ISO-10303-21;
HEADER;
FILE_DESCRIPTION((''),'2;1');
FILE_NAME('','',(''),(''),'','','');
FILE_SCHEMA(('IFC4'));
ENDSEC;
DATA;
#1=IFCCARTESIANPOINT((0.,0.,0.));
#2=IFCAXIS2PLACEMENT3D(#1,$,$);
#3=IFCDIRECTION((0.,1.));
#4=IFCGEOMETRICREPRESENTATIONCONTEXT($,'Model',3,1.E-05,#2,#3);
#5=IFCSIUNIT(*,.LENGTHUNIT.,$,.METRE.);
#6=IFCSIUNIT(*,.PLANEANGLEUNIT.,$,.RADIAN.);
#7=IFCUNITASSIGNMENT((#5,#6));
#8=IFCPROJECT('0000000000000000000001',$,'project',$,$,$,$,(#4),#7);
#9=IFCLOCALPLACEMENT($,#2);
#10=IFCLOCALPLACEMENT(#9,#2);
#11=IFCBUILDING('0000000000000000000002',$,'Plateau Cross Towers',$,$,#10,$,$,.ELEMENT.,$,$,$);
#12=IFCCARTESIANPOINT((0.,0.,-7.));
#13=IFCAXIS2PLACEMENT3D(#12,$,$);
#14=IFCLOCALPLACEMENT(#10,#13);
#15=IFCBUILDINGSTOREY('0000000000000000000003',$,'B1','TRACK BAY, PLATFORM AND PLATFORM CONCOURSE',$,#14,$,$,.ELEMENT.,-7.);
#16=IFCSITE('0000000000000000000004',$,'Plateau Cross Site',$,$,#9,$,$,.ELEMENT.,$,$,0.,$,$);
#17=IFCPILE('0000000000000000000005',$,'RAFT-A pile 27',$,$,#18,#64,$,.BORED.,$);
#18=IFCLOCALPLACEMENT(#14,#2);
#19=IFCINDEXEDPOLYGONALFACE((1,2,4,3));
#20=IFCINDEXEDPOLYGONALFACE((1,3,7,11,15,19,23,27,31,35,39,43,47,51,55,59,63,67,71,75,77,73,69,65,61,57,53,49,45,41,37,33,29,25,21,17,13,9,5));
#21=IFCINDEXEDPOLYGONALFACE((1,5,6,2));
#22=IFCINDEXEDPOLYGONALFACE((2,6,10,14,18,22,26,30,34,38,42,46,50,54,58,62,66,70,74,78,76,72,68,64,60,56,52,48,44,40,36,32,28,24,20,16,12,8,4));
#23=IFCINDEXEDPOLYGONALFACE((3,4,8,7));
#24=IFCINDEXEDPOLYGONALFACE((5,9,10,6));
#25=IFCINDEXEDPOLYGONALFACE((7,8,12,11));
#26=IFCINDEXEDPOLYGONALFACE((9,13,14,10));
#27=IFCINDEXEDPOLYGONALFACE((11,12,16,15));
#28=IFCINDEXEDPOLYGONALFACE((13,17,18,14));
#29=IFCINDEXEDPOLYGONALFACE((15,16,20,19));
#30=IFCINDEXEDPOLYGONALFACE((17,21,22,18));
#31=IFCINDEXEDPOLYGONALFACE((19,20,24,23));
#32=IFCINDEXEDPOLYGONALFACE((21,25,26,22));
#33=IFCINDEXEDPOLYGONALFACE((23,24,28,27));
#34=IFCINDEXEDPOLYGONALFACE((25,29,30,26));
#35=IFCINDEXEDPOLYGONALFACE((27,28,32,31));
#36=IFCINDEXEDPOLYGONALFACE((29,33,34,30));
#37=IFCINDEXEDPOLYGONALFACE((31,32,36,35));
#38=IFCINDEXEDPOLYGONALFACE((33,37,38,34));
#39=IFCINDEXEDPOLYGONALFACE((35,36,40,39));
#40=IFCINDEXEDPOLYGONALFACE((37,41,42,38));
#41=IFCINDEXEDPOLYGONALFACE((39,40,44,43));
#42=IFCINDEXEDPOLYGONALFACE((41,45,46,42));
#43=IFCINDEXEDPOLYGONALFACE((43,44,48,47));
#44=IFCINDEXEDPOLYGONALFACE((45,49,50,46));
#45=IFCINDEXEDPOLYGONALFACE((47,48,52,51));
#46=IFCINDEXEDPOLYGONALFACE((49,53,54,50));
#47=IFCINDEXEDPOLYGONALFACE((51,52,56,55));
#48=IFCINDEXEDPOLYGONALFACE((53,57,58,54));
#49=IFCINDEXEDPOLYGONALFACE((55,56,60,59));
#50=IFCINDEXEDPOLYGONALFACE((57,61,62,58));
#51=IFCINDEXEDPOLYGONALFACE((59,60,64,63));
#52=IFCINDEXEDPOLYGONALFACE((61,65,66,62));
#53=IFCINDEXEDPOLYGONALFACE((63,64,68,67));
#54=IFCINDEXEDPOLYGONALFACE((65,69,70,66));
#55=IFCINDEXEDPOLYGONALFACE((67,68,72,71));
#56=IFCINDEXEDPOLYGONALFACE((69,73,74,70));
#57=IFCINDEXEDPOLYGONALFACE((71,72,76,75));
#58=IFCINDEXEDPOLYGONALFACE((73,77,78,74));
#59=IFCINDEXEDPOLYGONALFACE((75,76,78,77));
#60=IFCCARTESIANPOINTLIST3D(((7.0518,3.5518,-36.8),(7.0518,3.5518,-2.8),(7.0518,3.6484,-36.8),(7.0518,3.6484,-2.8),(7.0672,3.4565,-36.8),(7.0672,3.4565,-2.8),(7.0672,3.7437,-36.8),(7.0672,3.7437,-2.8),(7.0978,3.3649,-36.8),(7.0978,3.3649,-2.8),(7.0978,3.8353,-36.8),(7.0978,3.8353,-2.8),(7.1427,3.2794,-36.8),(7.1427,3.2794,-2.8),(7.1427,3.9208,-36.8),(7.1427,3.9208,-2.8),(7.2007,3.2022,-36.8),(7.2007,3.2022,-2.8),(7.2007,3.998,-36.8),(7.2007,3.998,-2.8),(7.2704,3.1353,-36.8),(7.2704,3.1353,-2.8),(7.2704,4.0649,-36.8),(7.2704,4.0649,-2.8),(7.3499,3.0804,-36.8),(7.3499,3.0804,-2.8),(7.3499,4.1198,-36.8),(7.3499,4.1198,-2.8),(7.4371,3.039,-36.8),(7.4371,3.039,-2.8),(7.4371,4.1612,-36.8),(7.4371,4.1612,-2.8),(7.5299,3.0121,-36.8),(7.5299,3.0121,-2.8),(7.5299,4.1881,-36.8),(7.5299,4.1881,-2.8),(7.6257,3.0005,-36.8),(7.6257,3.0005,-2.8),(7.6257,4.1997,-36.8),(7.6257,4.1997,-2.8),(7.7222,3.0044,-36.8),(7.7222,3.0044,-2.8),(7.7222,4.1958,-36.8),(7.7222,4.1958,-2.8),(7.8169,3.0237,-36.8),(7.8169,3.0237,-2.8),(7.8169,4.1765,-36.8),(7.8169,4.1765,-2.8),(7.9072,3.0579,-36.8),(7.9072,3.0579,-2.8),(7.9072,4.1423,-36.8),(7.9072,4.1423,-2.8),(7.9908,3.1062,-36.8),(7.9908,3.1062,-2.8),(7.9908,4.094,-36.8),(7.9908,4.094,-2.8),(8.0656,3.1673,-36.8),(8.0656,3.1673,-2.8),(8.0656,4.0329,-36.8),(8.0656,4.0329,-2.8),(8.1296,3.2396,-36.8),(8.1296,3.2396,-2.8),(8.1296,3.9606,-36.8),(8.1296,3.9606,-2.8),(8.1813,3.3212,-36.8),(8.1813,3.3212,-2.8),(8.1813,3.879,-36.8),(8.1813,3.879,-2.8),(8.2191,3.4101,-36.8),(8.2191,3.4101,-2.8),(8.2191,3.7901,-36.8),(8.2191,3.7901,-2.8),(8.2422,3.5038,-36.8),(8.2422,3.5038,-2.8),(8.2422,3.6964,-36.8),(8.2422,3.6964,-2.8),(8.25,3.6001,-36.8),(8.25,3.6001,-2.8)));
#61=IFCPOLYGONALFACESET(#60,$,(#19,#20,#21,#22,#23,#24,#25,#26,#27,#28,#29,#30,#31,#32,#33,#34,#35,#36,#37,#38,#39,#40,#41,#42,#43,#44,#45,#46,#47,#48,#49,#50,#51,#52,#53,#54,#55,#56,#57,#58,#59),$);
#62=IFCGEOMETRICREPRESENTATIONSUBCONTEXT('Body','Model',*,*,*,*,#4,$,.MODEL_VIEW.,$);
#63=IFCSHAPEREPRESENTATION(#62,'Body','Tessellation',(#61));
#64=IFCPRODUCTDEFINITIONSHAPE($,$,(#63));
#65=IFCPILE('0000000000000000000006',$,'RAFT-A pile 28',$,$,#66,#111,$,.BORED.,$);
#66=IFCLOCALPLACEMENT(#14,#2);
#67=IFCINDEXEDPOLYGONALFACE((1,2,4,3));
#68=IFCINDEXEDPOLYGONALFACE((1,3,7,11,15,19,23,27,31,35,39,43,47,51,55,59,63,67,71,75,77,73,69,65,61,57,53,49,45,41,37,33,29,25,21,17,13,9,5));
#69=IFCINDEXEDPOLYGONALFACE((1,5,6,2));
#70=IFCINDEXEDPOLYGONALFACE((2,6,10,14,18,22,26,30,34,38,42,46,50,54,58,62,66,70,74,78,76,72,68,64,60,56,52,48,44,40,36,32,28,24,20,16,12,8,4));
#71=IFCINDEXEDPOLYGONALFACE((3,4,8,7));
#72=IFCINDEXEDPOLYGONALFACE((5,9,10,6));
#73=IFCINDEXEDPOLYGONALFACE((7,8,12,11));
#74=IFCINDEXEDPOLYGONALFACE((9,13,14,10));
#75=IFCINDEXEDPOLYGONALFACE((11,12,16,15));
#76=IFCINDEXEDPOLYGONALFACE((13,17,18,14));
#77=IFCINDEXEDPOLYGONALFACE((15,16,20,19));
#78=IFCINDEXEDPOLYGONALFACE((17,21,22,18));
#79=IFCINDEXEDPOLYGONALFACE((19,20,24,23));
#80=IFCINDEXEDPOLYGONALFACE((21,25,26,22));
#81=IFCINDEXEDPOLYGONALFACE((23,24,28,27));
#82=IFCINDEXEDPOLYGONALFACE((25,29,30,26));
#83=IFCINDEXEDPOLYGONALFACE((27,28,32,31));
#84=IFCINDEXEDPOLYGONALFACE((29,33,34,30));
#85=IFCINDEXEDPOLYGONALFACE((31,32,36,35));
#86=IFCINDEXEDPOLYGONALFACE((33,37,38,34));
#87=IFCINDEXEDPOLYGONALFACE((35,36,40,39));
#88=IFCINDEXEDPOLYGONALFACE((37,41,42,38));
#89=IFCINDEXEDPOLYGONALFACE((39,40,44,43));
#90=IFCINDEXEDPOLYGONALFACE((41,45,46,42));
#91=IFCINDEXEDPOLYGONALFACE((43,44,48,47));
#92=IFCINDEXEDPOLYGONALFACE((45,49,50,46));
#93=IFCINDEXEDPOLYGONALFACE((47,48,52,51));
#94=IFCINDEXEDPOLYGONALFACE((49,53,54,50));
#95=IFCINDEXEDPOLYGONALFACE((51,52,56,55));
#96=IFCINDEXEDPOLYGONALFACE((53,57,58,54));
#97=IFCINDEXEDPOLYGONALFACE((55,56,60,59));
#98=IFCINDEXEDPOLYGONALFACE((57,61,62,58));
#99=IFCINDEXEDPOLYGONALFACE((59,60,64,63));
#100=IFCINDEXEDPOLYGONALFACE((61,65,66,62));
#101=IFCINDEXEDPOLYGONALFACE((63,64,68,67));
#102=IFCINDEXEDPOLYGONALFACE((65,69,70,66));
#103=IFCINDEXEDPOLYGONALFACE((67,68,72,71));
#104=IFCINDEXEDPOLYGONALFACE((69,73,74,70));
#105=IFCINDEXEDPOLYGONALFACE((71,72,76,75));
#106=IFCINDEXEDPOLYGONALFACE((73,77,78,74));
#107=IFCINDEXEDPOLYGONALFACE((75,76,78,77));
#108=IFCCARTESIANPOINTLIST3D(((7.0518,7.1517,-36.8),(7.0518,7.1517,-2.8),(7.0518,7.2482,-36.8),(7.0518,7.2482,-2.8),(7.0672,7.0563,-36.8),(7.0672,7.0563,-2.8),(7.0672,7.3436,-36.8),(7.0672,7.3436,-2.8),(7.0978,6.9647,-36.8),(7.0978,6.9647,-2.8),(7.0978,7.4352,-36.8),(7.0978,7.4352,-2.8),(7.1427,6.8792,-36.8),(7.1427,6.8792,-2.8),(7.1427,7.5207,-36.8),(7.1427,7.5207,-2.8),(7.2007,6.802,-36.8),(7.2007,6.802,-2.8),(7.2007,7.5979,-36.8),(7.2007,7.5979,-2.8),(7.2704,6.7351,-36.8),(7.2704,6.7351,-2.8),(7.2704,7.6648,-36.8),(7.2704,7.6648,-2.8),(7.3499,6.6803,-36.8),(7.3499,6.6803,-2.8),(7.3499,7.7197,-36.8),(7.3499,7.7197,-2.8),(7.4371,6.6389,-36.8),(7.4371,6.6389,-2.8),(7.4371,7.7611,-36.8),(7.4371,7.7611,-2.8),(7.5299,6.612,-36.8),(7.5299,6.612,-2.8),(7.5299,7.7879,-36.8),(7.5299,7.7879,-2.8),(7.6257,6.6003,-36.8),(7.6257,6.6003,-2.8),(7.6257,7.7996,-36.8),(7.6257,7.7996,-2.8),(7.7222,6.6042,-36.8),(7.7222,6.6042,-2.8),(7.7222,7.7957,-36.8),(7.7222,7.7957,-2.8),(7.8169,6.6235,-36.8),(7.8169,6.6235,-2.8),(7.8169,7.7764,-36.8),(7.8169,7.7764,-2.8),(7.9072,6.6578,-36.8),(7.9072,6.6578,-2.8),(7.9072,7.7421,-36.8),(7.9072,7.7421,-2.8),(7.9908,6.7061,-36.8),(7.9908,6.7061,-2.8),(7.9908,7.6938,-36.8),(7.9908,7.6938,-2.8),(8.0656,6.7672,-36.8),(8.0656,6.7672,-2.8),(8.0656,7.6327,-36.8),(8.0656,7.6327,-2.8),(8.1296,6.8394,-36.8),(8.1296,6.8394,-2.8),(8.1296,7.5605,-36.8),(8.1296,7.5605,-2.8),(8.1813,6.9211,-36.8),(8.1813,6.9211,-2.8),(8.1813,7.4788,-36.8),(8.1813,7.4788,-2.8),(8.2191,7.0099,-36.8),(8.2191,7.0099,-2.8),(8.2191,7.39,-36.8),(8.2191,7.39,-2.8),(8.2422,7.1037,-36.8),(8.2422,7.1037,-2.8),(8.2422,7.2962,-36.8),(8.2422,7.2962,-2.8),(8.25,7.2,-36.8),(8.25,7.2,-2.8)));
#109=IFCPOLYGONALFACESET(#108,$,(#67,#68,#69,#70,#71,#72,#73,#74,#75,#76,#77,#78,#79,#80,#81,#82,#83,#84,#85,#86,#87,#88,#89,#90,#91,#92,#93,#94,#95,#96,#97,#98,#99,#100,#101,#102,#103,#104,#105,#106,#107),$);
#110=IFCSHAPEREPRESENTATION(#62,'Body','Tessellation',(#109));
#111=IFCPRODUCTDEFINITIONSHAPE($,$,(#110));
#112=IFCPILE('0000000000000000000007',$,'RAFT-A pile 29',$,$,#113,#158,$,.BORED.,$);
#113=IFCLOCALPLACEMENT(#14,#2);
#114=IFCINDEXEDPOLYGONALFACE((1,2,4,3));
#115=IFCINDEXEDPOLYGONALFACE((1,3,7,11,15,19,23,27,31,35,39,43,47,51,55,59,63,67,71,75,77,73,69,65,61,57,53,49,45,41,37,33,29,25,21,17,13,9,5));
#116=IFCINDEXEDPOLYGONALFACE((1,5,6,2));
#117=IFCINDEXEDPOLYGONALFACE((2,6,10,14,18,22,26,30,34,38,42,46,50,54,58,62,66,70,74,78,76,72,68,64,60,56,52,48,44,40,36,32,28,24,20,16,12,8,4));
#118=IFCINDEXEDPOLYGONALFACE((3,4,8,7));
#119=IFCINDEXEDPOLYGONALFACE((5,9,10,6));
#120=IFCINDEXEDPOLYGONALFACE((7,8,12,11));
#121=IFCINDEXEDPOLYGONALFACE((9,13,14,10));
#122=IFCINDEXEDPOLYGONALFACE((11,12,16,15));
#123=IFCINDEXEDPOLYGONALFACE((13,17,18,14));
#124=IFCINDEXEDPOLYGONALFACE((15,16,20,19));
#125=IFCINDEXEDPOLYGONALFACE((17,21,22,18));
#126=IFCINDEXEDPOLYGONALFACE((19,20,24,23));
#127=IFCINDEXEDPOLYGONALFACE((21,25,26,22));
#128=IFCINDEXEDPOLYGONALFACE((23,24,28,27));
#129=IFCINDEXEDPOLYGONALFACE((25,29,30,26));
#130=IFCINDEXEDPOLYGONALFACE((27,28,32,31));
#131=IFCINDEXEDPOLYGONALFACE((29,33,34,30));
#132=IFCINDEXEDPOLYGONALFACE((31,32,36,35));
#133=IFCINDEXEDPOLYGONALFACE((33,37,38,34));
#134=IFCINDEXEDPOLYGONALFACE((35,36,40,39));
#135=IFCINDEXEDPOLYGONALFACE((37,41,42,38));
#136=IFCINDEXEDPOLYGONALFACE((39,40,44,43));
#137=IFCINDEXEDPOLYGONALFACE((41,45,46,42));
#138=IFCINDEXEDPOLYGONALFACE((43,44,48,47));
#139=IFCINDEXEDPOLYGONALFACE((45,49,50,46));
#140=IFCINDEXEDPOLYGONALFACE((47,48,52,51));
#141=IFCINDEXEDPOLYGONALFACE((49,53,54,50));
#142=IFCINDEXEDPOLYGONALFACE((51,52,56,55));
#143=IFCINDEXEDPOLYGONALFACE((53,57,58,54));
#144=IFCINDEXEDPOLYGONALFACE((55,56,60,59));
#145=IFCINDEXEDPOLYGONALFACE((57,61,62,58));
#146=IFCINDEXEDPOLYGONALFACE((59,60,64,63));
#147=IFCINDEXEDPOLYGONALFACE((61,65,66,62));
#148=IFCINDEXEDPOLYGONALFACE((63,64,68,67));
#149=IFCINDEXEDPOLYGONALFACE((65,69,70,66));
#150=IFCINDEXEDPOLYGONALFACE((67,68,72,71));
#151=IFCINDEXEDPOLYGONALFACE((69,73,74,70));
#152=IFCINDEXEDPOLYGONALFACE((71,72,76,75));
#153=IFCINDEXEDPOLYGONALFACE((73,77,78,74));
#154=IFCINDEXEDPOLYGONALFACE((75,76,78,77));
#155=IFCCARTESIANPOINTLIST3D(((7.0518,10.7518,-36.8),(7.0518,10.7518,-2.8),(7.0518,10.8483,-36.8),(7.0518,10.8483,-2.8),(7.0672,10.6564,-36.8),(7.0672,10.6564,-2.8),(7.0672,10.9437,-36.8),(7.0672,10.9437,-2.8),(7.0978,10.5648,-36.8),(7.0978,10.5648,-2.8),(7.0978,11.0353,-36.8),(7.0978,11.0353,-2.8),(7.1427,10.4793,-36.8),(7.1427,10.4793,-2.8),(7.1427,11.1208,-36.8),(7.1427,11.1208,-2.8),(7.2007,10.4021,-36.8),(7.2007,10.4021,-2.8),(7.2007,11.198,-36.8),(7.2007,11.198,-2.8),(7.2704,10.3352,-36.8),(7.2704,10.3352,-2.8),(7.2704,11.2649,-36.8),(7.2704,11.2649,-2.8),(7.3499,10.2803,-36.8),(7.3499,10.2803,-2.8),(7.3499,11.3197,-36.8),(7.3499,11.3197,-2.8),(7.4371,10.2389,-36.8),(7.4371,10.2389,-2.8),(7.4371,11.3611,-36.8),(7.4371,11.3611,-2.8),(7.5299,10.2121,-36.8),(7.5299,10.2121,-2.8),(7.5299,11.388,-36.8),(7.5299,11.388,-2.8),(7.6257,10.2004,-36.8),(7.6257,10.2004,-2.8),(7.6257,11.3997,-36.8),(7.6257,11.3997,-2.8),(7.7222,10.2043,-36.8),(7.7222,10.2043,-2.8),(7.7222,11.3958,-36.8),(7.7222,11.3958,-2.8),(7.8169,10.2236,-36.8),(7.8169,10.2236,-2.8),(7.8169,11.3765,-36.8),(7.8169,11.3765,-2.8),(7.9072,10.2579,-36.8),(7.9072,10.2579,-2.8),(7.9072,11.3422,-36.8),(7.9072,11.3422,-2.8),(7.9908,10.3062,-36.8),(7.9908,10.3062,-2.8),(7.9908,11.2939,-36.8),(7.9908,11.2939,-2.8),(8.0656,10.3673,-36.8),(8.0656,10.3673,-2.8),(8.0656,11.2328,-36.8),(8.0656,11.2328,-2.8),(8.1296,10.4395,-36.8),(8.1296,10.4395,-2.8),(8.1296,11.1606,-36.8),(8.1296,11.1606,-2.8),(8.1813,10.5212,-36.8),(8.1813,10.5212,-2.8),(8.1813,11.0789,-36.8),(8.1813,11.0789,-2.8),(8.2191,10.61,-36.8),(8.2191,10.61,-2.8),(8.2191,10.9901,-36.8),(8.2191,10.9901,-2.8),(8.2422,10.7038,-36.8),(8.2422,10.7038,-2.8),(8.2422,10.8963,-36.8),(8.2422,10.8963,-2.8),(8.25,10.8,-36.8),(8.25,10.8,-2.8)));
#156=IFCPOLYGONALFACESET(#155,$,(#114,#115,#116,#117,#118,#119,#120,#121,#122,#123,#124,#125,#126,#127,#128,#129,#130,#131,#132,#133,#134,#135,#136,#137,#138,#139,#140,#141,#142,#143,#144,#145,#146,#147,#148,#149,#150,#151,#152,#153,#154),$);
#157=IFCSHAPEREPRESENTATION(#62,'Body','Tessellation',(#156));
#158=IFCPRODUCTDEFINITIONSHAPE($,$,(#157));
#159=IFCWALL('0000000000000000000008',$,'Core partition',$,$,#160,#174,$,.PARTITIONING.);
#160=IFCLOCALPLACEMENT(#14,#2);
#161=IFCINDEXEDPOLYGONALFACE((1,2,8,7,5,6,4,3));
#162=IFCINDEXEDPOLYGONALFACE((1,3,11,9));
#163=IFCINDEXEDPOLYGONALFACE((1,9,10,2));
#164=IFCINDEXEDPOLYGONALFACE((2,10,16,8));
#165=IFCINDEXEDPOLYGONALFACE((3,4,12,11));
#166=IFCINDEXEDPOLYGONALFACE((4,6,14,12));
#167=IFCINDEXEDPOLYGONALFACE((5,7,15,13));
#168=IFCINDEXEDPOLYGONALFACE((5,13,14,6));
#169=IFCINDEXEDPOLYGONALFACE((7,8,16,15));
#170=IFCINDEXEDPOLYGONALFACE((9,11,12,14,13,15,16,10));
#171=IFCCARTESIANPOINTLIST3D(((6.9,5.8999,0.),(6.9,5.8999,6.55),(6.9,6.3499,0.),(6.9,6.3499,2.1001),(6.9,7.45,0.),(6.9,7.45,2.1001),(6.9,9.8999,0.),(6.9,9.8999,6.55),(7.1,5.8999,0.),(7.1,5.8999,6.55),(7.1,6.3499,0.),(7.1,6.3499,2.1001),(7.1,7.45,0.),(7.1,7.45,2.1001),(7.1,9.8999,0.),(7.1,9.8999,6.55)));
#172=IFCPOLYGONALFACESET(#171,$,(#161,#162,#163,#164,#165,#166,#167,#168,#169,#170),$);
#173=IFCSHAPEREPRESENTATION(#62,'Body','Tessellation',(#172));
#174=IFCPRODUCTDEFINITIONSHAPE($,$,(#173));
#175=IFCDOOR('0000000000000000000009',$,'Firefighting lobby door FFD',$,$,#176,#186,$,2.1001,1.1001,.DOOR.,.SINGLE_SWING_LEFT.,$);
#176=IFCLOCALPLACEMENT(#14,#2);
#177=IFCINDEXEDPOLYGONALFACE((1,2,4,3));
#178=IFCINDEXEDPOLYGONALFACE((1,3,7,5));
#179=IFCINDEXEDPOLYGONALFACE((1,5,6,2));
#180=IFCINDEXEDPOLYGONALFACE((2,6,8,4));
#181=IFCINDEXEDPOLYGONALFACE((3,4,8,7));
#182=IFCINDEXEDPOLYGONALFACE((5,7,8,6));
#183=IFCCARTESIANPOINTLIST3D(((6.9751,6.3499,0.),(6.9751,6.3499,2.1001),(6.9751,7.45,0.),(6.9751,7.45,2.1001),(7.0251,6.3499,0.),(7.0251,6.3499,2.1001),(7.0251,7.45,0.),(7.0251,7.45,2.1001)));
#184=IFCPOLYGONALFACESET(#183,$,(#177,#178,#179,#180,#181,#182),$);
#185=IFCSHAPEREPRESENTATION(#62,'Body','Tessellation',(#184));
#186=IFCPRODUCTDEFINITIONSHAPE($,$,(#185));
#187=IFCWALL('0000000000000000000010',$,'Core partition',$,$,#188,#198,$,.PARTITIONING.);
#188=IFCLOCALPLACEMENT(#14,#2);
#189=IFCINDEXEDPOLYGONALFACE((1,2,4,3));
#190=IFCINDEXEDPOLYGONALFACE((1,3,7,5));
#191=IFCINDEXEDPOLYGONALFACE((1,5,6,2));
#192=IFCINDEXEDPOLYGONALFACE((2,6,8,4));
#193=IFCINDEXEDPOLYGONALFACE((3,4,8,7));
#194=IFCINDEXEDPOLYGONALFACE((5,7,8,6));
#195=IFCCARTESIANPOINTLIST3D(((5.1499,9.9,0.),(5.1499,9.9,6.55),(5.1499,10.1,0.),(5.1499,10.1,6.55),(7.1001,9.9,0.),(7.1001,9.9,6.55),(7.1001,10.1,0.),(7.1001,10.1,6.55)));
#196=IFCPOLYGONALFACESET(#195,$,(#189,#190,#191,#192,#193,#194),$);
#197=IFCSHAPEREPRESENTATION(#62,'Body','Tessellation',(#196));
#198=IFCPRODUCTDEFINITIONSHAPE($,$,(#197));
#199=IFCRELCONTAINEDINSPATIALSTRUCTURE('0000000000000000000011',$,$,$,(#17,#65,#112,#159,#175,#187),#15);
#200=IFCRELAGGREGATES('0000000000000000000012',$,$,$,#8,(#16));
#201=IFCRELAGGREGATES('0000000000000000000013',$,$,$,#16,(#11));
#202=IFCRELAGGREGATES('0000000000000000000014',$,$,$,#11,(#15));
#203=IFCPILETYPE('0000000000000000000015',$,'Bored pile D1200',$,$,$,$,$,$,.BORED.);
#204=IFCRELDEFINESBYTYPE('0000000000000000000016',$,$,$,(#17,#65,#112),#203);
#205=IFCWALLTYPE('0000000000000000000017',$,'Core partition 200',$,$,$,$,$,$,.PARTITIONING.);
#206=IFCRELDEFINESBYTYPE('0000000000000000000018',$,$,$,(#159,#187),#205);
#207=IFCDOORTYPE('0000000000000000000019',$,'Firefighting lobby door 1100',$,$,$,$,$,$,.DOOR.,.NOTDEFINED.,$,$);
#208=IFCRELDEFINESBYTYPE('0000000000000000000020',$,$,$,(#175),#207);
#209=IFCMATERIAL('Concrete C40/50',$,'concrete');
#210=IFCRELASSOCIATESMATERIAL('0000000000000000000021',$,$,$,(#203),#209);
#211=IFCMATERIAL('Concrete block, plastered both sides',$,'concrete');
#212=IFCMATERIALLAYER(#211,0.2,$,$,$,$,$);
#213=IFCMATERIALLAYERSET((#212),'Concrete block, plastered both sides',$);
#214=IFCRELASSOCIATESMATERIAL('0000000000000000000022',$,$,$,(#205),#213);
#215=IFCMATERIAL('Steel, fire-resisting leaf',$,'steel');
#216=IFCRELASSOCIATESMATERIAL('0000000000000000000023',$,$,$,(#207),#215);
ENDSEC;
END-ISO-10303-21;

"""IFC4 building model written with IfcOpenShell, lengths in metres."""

from ifc_helpers import new_model, si_unit, direction, frame, frame_2d, origin, origin_2d, place, context, subcontext, project, spatial, rectangle, circle, extrude, material, layer, layer_set, material_profile, profile_set, type_object, element, fill, save


model = new_model("IFC4")

# Units and contexts
model_context = context("Model", 3, precision=1e-05, world=origin(), true_north=direction((0.0, 1.0)))
body_context = subcontext(model_context, "Body", "Model", "MODEL_VIEW")
ifc_project = project(units=[si_unit("LENGTHUNIT", "METRE"), si_unit("PLANEANGLEUNIT", "RADIAN")], contexts=[model_context])

# Site, building, storey
site_placement = place(None, origin())
site = spatial("IfcSite", under=ifc_project, at=site_placement, Name="Plateau Cross Site", CompositionType="ELEMENT", RefElevation=0.0)
building_placement = place(site_placement, origin())
building = spatial("IfcBuilding", under=site, at=building_placement, Name="Plateau Cross Towers", CompositionType="ELEMENT")
storey_placement = place(building_placement, frame((0.0, 0.0, -7.0)))
storey = spatial("IfcBuildingStorey", under=building, at=storey_placement, Name="B1", Description="TRACK BAY, PLATFORM AND PLATFORM CONCOURSE", CompositionType="ELEMENT", Elevation=-7.0)

# Piles
ifc_material_1 = material(Name="Concrete C40/50", Category="concrete")
ifc_material_profile = material_profile(ifc_material_1, circle(Radius=0.6001, at=origin_2d()), Name="Bored pile D1200")
ifc_profile_set = profile_set([ifc_material_profile], Name="Concrete C40/50")
pile_type = type_object("IfcPileType", Name="Bored pile D1200", PredefinedType="BORED", material=ifc_profile_set)
for number, where, z_axis, x_axis, name in (
    (1, (7.6499, 3.6001, -2.8), (0.0, 0.0, -1.0), (1.0, 0.0, 0.0), "RAFT-A pile 27"),
    (2, (7.6499, 7.2, -2.8), (0.0, 0.0, -1.0), (1.0, 0.0, 0.0), "RAFT-A pile 28"),
    (3, (7.6499, 10.8, -2.8), (0.0, 0.0, -1.0), (1.0, 0.0, 0.0), "RAFT-A pile 29"),
):
    element("IfcPile", number, at=place(storey_placement, frame(where, z_axis=z_axis, x_axis=x_axis)), inside=storey, type_object=pile_type, Name=name, PredefinedType="BORED", context=body_context, shape_type="SweptSolid", body=[
        extrude(circle(Radius=0.6001, at=origin_2d()), origin(), (0.0, 0.0, 1.0), 34.0),
    ])

# Wall, opening, door
ifc_material_2 = material(Name="Concrete block, plastered both sides", Category="concrete")
ifc_layer_1 = layer(ifc_material_2, 0.2)
ifc_layer_set_1 = layer_set([ifc_layer_1], Name="Concrete block, plastered both sides")
wall_type_1 = type_object("IfcWallType", Name="Core partition 200", PredefinedType="PARTITIONING", material=ifc_layer_set_1)
wall_1_placement = place(storey_placement, frame((7.0, 5.8999, 0.0), z_axis=(0.0, 0.0, 1.0), x_axis=(0.0, 1.0, 0.0)))
wall_1 = element("IfcWall", 4, at=wall_1_placement, inside=storey, type_object=wall_type_1, Name="Core partition", PredefinedType="PARTITIONING", context=body_context, shape_type="SweptSolid", body=[
    extrude(rectangle(XDim=4.0, YDim=0.2, at=frame_2d((2.0, 0.0))), origin(), (0.0, 0.0, 1.0), 6.55),
])
opening_1_placement = place(wall_1_placement, frame((0.45, 0.0, 0.0)))
opening_1 = element("IfcOpeningElement", 5, at=opening_1_placement, cuts=wall_1, PredefinedType="OPENING", context=body_context, shape_type="SweptSolid", body=[
    extrude(rectangle(XDim=1.1001, YDim=2.1001, at=frame_2d((0.55, 1.05))), frame((0.0, 0.1099, 0.0), z_axis=(0.0, -1.0, 0.0), x_axis=(1.0, 0.0, 0.0)), (0.0, 0.0, 1.0), 0.22),
])
ifc_material_3 = material(Name="Steel, fire-resisting leaf", Category="steel")
door_type_1 = type_object("IfcDoorType", Name="Firefighting lobby door 1100", OperationType="NOTDEFINED", PredefinedType="DOOR", material=ifc_material_3)
door_1_placement = place(opening_1_placement, origin())
door_1 = element("IfcDoor", 6, at=door_1_placement, inside=storey, type_object=door_type_1, Name="Firefighting lobby door FFD", OperationType="SINGLE_SWING_LEFT", OverallHeight=2.1001, OverallWidth=1.1001, PredefinedType="DOOR", context=body_context, shape_type="SweptSolid", body=[
    extrude(rectangle(XDim=1.1001, YDim=2.1001, at=frame_2d((0.55, 1.05))), frame((0.0, 0.0249, 0.0), z_axis=(0.0, -1.0, 0.0), x_axis=(1.0, 0.0, 0.0)), (0.0, 0.0, 1.0), 0.05),
])
fill(opening_1, door_1)

# Wall
wall_2_placement = place(storey_placement, frame((5.1499, 10.0, 0.0), z_axis=(0.0, 0.0, 1.0), x_axis=(1.0, 0.0, 0.0)))
element("IfcWall", 7, at=wall_2_placement, inside=storey, type_object=wall_type_1, Name="Core partition", PredefinedType="PARTITIONING", context=body_context, shape_type="SweptSolid", body=[
    extrude(rectangle(XDim=1.9502, YDim=0.2, at=frame_2d((0.9751, 0.0))), origin(), (0.0, 0.0, 1.0), 6.55),
])

save(model, "model.ifc")
